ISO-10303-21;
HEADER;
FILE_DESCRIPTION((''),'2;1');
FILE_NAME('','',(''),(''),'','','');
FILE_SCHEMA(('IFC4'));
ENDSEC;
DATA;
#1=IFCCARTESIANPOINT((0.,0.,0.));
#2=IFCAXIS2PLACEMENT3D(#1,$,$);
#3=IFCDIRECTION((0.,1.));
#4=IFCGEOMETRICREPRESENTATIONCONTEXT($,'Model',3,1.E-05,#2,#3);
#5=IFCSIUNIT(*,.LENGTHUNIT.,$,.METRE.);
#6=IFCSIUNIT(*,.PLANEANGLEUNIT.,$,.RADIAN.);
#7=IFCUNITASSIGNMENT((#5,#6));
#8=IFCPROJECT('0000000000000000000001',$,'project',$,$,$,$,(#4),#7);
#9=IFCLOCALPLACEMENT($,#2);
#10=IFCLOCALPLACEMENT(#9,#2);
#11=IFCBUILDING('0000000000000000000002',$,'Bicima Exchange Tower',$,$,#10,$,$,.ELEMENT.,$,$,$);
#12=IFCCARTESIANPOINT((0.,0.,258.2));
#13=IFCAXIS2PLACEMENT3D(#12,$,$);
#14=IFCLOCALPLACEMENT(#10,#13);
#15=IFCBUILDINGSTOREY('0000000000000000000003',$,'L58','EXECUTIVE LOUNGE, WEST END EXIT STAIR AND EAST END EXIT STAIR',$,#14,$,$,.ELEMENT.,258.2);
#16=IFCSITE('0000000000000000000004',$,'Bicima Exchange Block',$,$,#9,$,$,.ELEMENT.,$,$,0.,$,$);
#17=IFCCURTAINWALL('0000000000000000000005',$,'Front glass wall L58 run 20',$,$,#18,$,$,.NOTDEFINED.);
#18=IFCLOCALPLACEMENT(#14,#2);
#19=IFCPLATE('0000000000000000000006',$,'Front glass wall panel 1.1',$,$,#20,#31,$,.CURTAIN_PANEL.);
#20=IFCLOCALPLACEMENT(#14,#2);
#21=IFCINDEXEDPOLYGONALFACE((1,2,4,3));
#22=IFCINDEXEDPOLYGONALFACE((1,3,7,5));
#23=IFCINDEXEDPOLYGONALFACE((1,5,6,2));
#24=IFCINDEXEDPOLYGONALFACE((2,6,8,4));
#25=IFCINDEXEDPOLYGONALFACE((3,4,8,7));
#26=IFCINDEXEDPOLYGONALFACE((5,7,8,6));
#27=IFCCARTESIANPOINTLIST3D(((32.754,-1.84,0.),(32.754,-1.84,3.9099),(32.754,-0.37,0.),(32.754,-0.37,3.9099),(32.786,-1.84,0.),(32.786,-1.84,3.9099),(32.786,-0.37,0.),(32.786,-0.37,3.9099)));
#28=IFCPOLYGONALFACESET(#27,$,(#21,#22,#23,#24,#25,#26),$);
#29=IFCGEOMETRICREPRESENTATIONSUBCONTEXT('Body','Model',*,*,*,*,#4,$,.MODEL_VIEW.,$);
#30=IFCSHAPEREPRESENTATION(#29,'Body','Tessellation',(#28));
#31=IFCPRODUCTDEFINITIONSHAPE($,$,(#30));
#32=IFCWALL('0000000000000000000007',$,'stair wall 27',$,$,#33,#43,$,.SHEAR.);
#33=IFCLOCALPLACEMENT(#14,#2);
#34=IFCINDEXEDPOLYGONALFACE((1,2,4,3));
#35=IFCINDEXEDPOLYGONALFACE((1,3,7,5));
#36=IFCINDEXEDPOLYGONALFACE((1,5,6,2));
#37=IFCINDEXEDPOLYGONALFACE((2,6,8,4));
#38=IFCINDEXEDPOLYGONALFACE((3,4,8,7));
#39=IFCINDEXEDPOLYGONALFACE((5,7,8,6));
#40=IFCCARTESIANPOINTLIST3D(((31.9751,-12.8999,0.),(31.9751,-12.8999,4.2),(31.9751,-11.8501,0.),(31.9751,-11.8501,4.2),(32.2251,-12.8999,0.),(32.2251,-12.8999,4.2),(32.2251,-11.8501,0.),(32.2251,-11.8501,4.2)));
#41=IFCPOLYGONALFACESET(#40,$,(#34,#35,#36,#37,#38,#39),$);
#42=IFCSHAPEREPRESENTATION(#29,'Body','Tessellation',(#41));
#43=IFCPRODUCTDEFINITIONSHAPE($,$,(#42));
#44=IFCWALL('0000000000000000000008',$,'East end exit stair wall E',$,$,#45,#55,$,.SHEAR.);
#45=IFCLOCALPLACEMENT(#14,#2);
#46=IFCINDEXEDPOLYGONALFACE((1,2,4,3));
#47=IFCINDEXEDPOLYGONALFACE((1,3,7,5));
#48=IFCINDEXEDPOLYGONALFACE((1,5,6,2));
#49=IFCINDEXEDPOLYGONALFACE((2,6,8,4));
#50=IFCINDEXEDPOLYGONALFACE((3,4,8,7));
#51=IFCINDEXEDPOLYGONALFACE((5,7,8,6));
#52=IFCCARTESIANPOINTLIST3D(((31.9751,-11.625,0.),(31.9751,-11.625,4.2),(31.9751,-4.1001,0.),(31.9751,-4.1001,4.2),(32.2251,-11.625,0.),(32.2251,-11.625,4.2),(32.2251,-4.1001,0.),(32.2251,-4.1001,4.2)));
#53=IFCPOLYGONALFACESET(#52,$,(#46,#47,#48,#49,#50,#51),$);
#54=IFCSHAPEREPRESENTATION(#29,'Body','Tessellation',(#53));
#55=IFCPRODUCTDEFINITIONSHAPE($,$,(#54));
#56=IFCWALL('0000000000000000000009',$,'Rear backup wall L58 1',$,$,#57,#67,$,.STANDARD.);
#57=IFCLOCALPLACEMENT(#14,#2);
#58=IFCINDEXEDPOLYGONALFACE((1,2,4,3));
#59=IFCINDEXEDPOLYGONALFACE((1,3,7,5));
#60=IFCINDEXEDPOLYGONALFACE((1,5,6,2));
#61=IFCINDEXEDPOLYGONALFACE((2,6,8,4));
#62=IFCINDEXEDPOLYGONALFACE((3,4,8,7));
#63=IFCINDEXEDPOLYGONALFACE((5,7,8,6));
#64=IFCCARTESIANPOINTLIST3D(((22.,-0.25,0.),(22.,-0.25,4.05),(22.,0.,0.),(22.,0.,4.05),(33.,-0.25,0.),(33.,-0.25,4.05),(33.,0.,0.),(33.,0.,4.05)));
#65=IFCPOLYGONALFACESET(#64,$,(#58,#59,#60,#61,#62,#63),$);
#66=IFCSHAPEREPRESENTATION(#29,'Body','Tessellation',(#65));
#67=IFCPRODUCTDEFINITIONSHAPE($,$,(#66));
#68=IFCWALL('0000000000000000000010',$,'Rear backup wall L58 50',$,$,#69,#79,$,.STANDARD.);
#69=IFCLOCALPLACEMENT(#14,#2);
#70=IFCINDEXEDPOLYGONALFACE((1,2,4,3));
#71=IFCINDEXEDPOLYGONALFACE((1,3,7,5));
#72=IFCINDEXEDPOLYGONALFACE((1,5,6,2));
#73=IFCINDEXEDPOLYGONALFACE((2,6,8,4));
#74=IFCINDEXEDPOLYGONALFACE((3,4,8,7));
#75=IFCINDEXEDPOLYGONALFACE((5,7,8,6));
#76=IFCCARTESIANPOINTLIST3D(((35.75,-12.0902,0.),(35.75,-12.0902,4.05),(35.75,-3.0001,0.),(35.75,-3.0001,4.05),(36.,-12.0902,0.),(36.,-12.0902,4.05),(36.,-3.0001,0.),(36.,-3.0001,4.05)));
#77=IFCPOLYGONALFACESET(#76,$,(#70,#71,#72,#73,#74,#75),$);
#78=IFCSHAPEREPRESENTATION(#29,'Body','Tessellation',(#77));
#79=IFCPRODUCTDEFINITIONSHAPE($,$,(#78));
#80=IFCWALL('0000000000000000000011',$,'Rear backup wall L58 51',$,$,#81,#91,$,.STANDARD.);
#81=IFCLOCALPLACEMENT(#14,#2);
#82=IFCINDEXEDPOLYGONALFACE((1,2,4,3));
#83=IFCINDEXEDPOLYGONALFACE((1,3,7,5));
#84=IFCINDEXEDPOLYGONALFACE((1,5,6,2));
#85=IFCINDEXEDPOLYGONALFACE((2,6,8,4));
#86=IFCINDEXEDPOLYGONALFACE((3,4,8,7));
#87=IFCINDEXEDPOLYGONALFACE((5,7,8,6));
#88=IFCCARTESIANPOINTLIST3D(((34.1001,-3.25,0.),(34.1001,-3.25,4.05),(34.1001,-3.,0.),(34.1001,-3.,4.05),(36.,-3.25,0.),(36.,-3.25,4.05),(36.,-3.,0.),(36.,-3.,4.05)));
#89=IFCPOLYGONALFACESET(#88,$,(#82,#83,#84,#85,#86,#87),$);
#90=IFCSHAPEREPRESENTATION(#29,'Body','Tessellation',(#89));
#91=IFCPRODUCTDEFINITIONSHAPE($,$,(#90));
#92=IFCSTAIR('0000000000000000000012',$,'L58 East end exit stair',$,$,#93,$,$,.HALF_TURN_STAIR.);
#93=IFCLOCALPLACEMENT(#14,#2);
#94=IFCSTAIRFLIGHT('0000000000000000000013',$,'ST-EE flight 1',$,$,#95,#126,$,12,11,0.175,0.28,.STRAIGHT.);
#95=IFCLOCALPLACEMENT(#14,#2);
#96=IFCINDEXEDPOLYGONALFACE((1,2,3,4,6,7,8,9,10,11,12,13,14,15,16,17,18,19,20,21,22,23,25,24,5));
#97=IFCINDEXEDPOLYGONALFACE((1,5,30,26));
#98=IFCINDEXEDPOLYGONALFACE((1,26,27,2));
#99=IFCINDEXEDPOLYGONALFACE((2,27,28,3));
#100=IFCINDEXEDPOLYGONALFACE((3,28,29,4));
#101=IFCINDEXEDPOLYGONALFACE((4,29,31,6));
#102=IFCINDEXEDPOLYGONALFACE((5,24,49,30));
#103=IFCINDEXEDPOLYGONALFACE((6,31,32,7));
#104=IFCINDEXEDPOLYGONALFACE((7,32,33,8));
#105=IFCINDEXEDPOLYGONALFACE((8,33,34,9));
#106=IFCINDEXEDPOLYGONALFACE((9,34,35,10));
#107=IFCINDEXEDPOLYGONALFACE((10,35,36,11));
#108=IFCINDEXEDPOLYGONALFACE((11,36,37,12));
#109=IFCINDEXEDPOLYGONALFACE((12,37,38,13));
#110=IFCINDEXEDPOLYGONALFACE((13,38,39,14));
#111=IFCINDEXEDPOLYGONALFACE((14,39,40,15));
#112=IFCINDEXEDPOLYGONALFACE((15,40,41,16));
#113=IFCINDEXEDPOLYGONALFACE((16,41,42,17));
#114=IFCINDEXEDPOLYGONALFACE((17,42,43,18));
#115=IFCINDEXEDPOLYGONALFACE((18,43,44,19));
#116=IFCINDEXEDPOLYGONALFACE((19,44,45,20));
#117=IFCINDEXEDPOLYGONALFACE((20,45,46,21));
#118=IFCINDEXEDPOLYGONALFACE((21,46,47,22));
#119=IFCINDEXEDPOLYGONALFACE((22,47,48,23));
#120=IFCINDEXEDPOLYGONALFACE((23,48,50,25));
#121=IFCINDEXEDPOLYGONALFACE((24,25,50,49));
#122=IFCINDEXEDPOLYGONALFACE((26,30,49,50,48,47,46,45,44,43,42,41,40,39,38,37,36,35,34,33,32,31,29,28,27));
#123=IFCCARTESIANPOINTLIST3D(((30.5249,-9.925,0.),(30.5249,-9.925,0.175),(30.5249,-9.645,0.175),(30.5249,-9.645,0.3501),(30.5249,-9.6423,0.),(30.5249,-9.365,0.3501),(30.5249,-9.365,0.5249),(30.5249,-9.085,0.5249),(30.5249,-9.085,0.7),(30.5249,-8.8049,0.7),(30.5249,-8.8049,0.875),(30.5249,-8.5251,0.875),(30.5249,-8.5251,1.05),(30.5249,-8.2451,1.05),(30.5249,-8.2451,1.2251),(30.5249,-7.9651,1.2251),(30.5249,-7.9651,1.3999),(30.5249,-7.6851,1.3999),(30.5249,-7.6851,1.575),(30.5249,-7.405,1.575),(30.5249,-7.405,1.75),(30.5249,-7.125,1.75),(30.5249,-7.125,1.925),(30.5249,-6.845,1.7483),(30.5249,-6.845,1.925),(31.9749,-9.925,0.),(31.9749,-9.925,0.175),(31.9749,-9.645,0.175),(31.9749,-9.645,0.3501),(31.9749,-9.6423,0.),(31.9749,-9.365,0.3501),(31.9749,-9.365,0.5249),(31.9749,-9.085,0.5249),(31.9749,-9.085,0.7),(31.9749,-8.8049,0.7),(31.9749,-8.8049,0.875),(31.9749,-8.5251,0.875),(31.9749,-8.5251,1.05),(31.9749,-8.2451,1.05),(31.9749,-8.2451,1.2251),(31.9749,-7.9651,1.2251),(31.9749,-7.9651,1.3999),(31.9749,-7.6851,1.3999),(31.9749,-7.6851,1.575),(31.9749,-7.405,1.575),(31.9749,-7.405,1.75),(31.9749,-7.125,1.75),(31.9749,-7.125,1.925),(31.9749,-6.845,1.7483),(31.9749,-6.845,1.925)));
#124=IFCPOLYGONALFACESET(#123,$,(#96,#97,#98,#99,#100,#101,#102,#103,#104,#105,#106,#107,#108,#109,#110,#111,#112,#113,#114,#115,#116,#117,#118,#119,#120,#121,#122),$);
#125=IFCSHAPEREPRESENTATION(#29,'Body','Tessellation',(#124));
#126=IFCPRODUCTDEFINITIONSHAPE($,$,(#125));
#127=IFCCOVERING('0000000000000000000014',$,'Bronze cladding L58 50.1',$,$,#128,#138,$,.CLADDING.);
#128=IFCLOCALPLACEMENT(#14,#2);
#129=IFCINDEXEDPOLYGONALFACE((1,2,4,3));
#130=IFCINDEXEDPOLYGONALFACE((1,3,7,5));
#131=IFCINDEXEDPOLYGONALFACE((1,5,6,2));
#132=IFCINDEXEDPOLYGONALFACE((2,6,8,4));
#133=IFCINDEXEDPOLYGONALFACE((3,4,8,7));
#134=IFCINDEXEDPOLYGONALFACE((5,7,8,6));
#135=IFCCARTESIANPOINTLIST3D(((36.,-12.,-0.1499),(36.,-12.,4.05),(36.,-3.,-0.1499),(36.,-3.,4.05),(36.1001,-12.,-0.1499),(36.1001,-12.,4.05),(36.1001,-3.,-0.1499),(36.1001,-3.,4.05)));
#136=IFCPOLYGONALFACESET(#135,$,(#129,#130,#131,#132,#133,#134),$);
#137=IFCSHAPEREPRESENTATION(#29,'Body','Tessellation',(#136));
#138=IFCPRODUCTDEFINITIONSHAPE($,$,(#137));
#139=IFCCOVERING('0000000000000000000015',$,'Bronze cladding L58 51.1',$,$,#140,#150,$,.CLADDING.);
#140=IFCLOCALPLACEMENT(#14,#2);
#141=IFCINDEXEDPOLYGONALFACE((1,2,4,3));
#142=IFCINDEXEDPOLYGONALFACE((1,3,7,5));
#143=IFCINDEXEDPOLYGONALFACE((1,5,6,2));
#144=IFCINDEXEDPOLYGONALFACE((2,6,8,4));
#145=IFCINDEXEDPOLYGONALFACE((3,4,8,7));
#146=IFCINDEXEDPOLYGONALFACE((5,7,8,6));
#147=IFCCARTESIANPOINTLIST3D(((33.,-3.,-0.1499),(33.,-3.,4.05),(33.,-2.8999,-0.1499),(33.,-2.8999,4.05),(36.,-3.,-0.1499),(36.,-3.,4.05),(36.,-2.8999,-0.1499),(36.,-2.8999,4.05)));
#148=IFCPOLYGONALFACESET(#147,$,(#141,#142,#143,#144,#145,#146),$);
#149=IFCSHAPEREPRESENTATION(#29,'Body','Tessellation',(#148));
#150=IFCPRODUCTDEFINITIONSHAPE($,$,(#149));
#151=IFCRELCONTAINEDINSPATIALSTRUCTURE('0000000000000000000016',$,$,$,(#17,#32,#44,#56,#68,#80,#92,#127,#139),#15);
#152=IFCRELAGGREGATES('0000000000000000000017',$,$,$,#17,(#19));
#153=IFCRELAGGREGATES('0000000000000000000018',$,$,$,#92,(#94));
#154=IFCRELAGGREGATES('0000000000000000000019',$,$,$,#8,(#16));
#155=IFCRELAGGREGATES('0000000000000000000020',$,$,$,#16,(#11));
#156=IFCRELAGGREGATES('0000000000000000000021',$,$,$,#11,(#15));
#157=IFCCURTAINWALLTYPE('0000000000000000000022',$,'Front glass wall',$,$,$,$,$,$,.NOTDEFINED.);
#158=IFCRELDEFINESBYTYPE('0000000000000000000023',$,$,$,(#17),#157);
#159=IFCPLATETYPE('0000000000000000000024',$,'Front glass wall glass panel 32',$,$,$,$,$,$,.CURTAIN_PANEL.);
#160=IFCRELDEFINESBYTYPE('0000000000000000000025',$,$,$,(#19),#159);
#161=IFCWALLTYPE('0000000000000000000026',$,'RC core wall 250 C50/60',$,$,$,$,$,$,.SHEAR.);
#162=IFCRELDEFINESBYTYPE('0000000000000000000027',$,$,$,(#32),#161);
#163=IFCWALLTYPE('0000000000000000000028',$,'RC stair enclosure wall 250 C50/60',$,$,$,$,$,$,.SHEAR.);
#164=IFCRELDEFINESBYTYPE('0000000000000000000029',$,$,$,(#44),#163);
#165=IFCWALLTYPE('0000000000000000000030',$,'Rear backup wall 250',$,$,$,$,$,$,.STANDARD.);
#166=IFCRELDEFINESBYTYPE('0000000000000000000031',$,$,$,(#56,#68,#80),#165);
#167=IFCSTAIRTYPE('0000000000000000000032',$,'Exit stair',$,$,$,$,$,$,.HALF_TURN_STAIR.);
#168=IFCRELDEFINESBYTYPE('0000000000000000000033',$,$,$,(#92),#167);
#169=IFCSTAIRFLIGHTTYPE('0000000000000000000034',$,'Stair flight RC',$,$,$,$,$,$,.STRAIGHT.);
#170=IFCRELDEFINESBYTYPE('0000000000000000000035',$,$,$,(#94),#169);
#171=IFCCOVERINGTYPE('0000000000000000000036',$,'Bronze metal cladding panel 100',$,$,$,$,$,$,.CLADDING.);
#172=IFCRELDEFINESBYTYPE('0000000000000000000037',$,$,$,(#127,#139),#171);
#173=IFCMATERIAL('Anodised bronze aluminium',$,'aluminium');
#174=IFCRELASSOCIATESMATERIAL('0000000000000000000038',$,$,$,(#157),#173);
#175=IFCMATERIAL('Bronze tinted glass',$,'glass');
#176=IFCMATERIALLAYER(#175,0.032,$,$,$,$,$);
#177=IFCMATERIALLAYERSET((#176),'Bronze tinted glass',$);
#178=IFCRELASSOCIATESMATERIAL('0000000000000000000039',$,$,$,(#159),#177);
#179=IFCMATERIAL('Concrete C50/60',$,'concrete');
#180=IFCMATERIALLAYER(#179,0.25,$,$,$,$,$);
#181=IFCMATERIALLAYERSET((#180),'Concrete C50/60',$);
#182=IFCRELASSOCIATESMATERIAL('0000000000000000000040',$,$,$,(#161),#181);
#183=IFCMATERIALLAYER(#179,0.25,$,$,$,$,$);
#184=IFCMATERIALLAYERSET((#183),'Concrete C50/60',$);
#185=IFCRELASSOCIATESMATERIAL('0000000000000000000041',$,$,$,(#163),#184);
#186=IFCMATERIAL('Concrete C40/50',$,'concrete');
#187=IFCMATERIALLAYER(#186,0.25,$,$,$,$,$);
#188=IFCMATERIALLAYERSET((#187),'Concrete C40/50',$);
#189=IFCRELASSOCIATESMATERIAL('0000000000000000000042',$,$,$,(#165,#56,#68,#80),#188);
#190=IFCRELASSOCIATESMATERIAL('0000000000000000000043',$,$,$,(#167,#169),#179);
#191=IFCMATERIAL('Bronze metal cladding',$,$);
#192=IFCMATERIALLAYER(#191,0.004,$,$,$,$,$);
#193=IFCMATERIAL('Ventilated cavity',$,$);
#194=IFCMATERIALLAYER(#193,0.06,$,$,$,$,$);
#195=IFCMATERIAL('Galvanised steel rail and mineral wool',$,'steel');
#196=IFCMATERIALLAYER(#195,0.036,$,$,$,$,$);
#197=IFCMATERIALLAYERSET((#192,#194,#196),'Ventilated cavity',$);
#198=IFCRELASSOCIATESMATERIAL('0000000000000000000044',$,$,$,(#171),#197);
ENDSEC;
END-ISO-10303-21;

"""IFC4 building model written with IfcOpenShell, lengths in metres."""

from ifc_helpers import new_model, si_unit, direction, frame, frame_2d, origin, origin_2d, place, context, subcontext, project, spatial, polyline, rectangle, outline, extrude, material, layer, layer_set, layer_usage, type_object, element, aggregate, save


model = new_model("IFC4")

# Units and contexts
model_context = context("Model", 3, precision=1e-05, world=origin(), true_north=direction((0.0, 1.0)))
body_context = subcontext(model_context, "Body", "Model", "MODEL_VIEW")
ifc_project = project(units=[si_unit("LENGTHUNIT", "METRE"), si_unit("PLANEANGLEUNIT", "RADIAN")], contexts=[model_context])

# Site, building, storey
site_placement = place(None, origin())
site = spatial("IfcSite", under=ifc_project, at=site_placement, Name="Bicima Exchange Block", CompositionType="ELEMENT", RefElevation=0.0)
building_placement = place(site_placement, origin())
building = spatial("IfcBuilding", under=site, at=building_placement, Name="Bicima Exchange Tower", CompositionType="ELEMENT")
storey_placement = place(building_placement, frame((0.0, 0.0, 258.2)))
storey = spatial("IfcBuildingStorey", under=building, at=storey_placement, Name="L58", Description="EXECUTIVE LOUNGE, WEST END EXIT STAIR AND EAST END EXIT STAIR", CompositionType="ELEMENT", Elevation=258.2)

# Shared definitions
ifc_material_1 = material(Name="Anodised bronze aluminium", Category="aluminium")

# Curtain wall
curtain_wall_type_1 = type_object("IfcCurtainWallType", Name="Front glass wall", PredefinedType="NOTDEFINED", material=ifc_material_1)
curtain_wall_1_placement = place(storey_placement, origin())
curtain_wall_1 = element("IfcCurtainWall", 1, at=curtain_wall_1_placement, inside=storey, type_object=curtain_wall_type_1, Name="Front glass wall L58 run 20", PredefinedType="NOTDEFINED")

# Plate
ifc_material_2 = material(Name="Bronze tinted glass", Category="glass")
ifc_layer_1 = layer(ifc_material_2, 0.032)
ifc_layer_set_1 = layer_set([ifc_layer_1], Name="Bronze tinted glass")
plate_type = type_object("IfcPlateType", Name="Front glass wall glass panel 32", PredefinedType="CURTAIN_PANEL", material=ifc_layer_set_1)
plate_placement = place(storey_placement, frame((32.77, -1.105, 0.0), z_axis=(0.0, 0.0, 1.0), x_axis=(0.0, 1.0, 0.0)))
plate = element("IfcPlate", 2, at=plate_placement, type_object=plate_type, Name="Front glass wall panel 1.1", PredefinedType="CURTAIN_PANEL", context=body_context, shape_type="SweptSolid", body=[
    extrude(rectangle(XDim=1.47, YDim=0.032, at=origin_2d()), origin(), (0.0, 0.0, 1.0), 3.9099),
])
aggregate(curtain_wall_1, [plate])

# Walls
ifc_material_3 = material(Name="Concrete C50/60", Category="concrete")
ifc_layer_2 = layer(ifc_material_3, 0.25)
ifc_layer_set_2 = layer_set([ifc_layer_2], Name="Concrete C50/60")
wall_type_1 = type_object("IfcWallType", Name="RC core wall 250 C50/60", PredefinedType="SHEAR", material=ifc_layer_set_2)
wall_1_placement = place(storey_placement, frame((32.1001, -12.8999, 0.0), z_axis=(0.0, 0.0, 1.0), x_axis=(0.0, 1.0, 0.0)))
element("IfcWall", 3, at=wall_1_placement, inside=storey, type_object=wall_type_1, Name="stair wall 27", PredefinedType="SHEAR", context=body_context, shape_type="SweptSolid", body=[
    extrude(rectangle(XDim=1.0498, YDim=0.25, at=frame_2d((0.5249, 0.0))), origin(), (0.0, 0.0, 1.0), 4.2),
])
ifc_layer_3 = layer(ifc_material_3, 0.25)
ifc_layer_set_3 = layer_set([ifc_layer_3], Name="Concrete C50/60")
wall_type_2 = type_object("IfcWallType", Name="RC stair enclosure wall 250 C50/60", PredefinedType="SHEAR", material=ifc_layer_set_3)
wall_2_placement = place(storey_placement, frame((32.1001, -11.625, 0.0), z_axis=(0.0, 0.0, 1.0), x_axis=(0.0, 1.0, 0.0)))
element("IfcWall", 4, at=wall_2_placement, inside=storey, type_object=wall_type_2, Name="East end exit stair wall E", PredefinedType="SHEAR", context=body_context, shape_type="SweptSolid", body=[
    extrude(rectangle(XDim=7.5249, YDim=0.25, at=frame_2d((3.7625, 0.0))), origin(), (0.0, 0.0, 1.0), 4.2),
])
ifc_material_4 = material(Name="Concrete C40/50", Category="concrete")
ifc_layer_4 = layer(ifc_material_4, 0.25)
ifc_layer_set_4 = layer_set([ifc_layer_4], Name="Concrete C40/50")
ifc_layer_usage = layer_usage(ifc_layer_set_4, "AXIS2", "POSITIVE", -0.125)
wall_type_3 = type_object("IfcWallType", Name="Rear backup wall 250", PredefinedType="STANDARD", material=ifc_layer_set_4)
wall_3_placement = place(storey_placement, frame((33.0, -0.125, 0.0), z_axis=(0.0, 0.0, 1.0), x_axis=(-1.0, 0.0, 0.0)))
element("IfcWall", 5, at=wall_3_placement, inside=storey, type_object=wall_type_3, material=ifc_layer_usage, Name="Rear backup wall L58 1", PredefinedType="STANDARD", context=body_context, shape_type="SweptSolid", body=[
    extrude(rectangle(XDim=11.0, YDim=0.25, at=frame_2d((5.5, 0.0))), origin(), (0.0, 0.0, 1.0), 4.05),
])
wall_4_placement = place(storey_placement, frame((35.875, -12.0901, 0.0), z_axis=(0.0, 0.0, 1.0), x_axis=(0.0, 1.0, 0.0)))
element("IfcWall", 6, at=wall_4_placement, inside=storey, type_object=wall_type_3, material=ifc_layer_usage, Name="Rear backup wall L58 50", PredefinedType="STANDARD", context=body_context, shape_type="SweptSolid", body=[
    extrude(rectangle(XDim=9.0901, YDim=0.25, at=frame_2d((4.5449, 0.0))), origin(), (0.0, 0.0, 1.0), 4.05),
])
wall_5_placement = place(storey_placement, frame((36.0, -3.125, 0.0), z_axis=(0.0, 0.0, 1.0), x_axis=(-1.0, 0.0, 0.0)))
element("IfcWall", 7, at=wall_5_placement, inside=storey, type_object=wall_type_3, material=ifc_layer_usage, Name="Rear backup wall L58 51", PredefinedType="STANDARD", context=body_context, shape_type="SweptSolid", body=[
    extrude(rectangle(XDim=1.8999, YDim=0.25, at=frame_2d((0.95, 0.0))), origin(), (0.0, 0.0, 1.0), 4.05),
])

# Stair, stair flight
stair_type = type_object("IfcStairType", Name="Exit stair", PredefinedType="HALF_TURN_STAIR", material=ifc_material_3)
stair_placement = place(storey_placement, origin())
stair = element("IfcStair", 8, at=stair_placement, inside=storey, type_object=stair_type, Name="L58 East end exit stair", PredefinedType="HALF_TURN_STAIR")
stair_flight_type = type_object("IfcStairFlightType", Name="Stair flight RC", PredefinedType="STRAIGHT", material=ifc_material_3)
stair_flight_placement = place(storey_placement, frame((31.25, -9.925, 0.0), z_axis=(0.0, 0.0, 1.0), x_axis=(0.0, 1.0, 0.0)))
stair_flight = element("IfcStairFlight", 9, at=stair_flight_placement, type_object=stair_flight_type, Name="ST-EE flight 1", NumberOfRisers=12, NumberOfTreads=11, PredefinedType="STRAIGHT", RiserHeight=0.175, TreadLength=0.28, context=body_context, shape_type="SweptSolid", body=[
    extrude(outline(polyline([(0.0, 0.0), (0.0, 0.175), (0.28, 0.175), (0.28, 0.3501), (0.5601, 0.3501), (0.5601, 0.5249), (0.8401, 0.5249), (0.8401, 0.7), (1.1201, 0.7), (1.1201, 0.875), (1.3999, 0.875), (1.3999, 1.05), (1.6799, 1.05), (1.6799, 1.2251), (1.96, 1.2251), (1.96, 1.3999), (2.24, 1.3999), (2.24, 1.575), (2.52, 1.575), (2.52, 1.75), (2.8, 1.75), (2.8, 1.925), (3.0801, 1.925), (3.0801, 2.1001), (3.0801, 1.7483), (0.2827, 0.0), (0.0, 0.0)])), frame((0.0, 0.7251, 0.0), z_axis=(0.0, -1.0, 0.0), x_axis=(1.0, 0.0, 0.0)), (0.0, 0.0, 1.0), 1.45),
])
aggregate(stair, [stair_flight])

# Coverings
ifc_material_5 = material(Name="Bronze metal cladding")
ifc_layer_5 = layer(ifc_material_5, 0.004)
ifc_material_6 = material(Name="Ventilated cavity")
ifc_layer_6 = layer(ifc_material_6, 0.06)
ifc_material_7 = material(Name="Galvanised steel rail and mineral wool", Category="steel")
ifc_layer_7 = layer(ifc_material_7, 0.036)
ifc_layer_set_5 = layer_set([ifc_layer_5, ifc_layer_6, ifc_layer_7], Name="Ventilated cavity")
covering_type = type_object("IfcCoveringType", Name="Bronze metal cladding panel 100", PredefinedType="CLADDING", material=ifc_layer_set_5)
covering_1_placement = place(storey_placement, frame((36.05, -7.5, -0.1499), z_axis=(0.0, 0.0, 1.0), x_axis=(0.0, 1.0, 0.0)))
element("IfcCovering", 10, at=covering_1_placement, inside=storey, type_object=covering_type, Name="Bronze cladding L58 50.1", PredefinedType="CLADDING", context=body_context, shape_type="SweptSolid", body=[
    extrude(rectangle(XDim=9.0, YDim=0.1001, at=origin_2d()), origin(), (0.0, 0.0, 1.0), 4.2),
])
covering_2_placement = place(storey_placement, frame((34.5, -2.95, -0.1499), z_axis=(0.0, 0.0, 1.0), x_axis=(-1.0, 0.0, 0.0)))
element("IfcCovering", 11, at=covering_2_placement, inside=storey, type_object=covering_type, Name="Bronze cladding L58 51.1", PredefinedType="CLADDING", context=body_context, shape_type="SweptSolid", body=[
    extrude(rectangle(XDim=3.0, YDim=0.1001, at=origin_2d()), origin(), (0.0, 0.0, 1.0), 4.2),
])

save(model, "model.ifc")
